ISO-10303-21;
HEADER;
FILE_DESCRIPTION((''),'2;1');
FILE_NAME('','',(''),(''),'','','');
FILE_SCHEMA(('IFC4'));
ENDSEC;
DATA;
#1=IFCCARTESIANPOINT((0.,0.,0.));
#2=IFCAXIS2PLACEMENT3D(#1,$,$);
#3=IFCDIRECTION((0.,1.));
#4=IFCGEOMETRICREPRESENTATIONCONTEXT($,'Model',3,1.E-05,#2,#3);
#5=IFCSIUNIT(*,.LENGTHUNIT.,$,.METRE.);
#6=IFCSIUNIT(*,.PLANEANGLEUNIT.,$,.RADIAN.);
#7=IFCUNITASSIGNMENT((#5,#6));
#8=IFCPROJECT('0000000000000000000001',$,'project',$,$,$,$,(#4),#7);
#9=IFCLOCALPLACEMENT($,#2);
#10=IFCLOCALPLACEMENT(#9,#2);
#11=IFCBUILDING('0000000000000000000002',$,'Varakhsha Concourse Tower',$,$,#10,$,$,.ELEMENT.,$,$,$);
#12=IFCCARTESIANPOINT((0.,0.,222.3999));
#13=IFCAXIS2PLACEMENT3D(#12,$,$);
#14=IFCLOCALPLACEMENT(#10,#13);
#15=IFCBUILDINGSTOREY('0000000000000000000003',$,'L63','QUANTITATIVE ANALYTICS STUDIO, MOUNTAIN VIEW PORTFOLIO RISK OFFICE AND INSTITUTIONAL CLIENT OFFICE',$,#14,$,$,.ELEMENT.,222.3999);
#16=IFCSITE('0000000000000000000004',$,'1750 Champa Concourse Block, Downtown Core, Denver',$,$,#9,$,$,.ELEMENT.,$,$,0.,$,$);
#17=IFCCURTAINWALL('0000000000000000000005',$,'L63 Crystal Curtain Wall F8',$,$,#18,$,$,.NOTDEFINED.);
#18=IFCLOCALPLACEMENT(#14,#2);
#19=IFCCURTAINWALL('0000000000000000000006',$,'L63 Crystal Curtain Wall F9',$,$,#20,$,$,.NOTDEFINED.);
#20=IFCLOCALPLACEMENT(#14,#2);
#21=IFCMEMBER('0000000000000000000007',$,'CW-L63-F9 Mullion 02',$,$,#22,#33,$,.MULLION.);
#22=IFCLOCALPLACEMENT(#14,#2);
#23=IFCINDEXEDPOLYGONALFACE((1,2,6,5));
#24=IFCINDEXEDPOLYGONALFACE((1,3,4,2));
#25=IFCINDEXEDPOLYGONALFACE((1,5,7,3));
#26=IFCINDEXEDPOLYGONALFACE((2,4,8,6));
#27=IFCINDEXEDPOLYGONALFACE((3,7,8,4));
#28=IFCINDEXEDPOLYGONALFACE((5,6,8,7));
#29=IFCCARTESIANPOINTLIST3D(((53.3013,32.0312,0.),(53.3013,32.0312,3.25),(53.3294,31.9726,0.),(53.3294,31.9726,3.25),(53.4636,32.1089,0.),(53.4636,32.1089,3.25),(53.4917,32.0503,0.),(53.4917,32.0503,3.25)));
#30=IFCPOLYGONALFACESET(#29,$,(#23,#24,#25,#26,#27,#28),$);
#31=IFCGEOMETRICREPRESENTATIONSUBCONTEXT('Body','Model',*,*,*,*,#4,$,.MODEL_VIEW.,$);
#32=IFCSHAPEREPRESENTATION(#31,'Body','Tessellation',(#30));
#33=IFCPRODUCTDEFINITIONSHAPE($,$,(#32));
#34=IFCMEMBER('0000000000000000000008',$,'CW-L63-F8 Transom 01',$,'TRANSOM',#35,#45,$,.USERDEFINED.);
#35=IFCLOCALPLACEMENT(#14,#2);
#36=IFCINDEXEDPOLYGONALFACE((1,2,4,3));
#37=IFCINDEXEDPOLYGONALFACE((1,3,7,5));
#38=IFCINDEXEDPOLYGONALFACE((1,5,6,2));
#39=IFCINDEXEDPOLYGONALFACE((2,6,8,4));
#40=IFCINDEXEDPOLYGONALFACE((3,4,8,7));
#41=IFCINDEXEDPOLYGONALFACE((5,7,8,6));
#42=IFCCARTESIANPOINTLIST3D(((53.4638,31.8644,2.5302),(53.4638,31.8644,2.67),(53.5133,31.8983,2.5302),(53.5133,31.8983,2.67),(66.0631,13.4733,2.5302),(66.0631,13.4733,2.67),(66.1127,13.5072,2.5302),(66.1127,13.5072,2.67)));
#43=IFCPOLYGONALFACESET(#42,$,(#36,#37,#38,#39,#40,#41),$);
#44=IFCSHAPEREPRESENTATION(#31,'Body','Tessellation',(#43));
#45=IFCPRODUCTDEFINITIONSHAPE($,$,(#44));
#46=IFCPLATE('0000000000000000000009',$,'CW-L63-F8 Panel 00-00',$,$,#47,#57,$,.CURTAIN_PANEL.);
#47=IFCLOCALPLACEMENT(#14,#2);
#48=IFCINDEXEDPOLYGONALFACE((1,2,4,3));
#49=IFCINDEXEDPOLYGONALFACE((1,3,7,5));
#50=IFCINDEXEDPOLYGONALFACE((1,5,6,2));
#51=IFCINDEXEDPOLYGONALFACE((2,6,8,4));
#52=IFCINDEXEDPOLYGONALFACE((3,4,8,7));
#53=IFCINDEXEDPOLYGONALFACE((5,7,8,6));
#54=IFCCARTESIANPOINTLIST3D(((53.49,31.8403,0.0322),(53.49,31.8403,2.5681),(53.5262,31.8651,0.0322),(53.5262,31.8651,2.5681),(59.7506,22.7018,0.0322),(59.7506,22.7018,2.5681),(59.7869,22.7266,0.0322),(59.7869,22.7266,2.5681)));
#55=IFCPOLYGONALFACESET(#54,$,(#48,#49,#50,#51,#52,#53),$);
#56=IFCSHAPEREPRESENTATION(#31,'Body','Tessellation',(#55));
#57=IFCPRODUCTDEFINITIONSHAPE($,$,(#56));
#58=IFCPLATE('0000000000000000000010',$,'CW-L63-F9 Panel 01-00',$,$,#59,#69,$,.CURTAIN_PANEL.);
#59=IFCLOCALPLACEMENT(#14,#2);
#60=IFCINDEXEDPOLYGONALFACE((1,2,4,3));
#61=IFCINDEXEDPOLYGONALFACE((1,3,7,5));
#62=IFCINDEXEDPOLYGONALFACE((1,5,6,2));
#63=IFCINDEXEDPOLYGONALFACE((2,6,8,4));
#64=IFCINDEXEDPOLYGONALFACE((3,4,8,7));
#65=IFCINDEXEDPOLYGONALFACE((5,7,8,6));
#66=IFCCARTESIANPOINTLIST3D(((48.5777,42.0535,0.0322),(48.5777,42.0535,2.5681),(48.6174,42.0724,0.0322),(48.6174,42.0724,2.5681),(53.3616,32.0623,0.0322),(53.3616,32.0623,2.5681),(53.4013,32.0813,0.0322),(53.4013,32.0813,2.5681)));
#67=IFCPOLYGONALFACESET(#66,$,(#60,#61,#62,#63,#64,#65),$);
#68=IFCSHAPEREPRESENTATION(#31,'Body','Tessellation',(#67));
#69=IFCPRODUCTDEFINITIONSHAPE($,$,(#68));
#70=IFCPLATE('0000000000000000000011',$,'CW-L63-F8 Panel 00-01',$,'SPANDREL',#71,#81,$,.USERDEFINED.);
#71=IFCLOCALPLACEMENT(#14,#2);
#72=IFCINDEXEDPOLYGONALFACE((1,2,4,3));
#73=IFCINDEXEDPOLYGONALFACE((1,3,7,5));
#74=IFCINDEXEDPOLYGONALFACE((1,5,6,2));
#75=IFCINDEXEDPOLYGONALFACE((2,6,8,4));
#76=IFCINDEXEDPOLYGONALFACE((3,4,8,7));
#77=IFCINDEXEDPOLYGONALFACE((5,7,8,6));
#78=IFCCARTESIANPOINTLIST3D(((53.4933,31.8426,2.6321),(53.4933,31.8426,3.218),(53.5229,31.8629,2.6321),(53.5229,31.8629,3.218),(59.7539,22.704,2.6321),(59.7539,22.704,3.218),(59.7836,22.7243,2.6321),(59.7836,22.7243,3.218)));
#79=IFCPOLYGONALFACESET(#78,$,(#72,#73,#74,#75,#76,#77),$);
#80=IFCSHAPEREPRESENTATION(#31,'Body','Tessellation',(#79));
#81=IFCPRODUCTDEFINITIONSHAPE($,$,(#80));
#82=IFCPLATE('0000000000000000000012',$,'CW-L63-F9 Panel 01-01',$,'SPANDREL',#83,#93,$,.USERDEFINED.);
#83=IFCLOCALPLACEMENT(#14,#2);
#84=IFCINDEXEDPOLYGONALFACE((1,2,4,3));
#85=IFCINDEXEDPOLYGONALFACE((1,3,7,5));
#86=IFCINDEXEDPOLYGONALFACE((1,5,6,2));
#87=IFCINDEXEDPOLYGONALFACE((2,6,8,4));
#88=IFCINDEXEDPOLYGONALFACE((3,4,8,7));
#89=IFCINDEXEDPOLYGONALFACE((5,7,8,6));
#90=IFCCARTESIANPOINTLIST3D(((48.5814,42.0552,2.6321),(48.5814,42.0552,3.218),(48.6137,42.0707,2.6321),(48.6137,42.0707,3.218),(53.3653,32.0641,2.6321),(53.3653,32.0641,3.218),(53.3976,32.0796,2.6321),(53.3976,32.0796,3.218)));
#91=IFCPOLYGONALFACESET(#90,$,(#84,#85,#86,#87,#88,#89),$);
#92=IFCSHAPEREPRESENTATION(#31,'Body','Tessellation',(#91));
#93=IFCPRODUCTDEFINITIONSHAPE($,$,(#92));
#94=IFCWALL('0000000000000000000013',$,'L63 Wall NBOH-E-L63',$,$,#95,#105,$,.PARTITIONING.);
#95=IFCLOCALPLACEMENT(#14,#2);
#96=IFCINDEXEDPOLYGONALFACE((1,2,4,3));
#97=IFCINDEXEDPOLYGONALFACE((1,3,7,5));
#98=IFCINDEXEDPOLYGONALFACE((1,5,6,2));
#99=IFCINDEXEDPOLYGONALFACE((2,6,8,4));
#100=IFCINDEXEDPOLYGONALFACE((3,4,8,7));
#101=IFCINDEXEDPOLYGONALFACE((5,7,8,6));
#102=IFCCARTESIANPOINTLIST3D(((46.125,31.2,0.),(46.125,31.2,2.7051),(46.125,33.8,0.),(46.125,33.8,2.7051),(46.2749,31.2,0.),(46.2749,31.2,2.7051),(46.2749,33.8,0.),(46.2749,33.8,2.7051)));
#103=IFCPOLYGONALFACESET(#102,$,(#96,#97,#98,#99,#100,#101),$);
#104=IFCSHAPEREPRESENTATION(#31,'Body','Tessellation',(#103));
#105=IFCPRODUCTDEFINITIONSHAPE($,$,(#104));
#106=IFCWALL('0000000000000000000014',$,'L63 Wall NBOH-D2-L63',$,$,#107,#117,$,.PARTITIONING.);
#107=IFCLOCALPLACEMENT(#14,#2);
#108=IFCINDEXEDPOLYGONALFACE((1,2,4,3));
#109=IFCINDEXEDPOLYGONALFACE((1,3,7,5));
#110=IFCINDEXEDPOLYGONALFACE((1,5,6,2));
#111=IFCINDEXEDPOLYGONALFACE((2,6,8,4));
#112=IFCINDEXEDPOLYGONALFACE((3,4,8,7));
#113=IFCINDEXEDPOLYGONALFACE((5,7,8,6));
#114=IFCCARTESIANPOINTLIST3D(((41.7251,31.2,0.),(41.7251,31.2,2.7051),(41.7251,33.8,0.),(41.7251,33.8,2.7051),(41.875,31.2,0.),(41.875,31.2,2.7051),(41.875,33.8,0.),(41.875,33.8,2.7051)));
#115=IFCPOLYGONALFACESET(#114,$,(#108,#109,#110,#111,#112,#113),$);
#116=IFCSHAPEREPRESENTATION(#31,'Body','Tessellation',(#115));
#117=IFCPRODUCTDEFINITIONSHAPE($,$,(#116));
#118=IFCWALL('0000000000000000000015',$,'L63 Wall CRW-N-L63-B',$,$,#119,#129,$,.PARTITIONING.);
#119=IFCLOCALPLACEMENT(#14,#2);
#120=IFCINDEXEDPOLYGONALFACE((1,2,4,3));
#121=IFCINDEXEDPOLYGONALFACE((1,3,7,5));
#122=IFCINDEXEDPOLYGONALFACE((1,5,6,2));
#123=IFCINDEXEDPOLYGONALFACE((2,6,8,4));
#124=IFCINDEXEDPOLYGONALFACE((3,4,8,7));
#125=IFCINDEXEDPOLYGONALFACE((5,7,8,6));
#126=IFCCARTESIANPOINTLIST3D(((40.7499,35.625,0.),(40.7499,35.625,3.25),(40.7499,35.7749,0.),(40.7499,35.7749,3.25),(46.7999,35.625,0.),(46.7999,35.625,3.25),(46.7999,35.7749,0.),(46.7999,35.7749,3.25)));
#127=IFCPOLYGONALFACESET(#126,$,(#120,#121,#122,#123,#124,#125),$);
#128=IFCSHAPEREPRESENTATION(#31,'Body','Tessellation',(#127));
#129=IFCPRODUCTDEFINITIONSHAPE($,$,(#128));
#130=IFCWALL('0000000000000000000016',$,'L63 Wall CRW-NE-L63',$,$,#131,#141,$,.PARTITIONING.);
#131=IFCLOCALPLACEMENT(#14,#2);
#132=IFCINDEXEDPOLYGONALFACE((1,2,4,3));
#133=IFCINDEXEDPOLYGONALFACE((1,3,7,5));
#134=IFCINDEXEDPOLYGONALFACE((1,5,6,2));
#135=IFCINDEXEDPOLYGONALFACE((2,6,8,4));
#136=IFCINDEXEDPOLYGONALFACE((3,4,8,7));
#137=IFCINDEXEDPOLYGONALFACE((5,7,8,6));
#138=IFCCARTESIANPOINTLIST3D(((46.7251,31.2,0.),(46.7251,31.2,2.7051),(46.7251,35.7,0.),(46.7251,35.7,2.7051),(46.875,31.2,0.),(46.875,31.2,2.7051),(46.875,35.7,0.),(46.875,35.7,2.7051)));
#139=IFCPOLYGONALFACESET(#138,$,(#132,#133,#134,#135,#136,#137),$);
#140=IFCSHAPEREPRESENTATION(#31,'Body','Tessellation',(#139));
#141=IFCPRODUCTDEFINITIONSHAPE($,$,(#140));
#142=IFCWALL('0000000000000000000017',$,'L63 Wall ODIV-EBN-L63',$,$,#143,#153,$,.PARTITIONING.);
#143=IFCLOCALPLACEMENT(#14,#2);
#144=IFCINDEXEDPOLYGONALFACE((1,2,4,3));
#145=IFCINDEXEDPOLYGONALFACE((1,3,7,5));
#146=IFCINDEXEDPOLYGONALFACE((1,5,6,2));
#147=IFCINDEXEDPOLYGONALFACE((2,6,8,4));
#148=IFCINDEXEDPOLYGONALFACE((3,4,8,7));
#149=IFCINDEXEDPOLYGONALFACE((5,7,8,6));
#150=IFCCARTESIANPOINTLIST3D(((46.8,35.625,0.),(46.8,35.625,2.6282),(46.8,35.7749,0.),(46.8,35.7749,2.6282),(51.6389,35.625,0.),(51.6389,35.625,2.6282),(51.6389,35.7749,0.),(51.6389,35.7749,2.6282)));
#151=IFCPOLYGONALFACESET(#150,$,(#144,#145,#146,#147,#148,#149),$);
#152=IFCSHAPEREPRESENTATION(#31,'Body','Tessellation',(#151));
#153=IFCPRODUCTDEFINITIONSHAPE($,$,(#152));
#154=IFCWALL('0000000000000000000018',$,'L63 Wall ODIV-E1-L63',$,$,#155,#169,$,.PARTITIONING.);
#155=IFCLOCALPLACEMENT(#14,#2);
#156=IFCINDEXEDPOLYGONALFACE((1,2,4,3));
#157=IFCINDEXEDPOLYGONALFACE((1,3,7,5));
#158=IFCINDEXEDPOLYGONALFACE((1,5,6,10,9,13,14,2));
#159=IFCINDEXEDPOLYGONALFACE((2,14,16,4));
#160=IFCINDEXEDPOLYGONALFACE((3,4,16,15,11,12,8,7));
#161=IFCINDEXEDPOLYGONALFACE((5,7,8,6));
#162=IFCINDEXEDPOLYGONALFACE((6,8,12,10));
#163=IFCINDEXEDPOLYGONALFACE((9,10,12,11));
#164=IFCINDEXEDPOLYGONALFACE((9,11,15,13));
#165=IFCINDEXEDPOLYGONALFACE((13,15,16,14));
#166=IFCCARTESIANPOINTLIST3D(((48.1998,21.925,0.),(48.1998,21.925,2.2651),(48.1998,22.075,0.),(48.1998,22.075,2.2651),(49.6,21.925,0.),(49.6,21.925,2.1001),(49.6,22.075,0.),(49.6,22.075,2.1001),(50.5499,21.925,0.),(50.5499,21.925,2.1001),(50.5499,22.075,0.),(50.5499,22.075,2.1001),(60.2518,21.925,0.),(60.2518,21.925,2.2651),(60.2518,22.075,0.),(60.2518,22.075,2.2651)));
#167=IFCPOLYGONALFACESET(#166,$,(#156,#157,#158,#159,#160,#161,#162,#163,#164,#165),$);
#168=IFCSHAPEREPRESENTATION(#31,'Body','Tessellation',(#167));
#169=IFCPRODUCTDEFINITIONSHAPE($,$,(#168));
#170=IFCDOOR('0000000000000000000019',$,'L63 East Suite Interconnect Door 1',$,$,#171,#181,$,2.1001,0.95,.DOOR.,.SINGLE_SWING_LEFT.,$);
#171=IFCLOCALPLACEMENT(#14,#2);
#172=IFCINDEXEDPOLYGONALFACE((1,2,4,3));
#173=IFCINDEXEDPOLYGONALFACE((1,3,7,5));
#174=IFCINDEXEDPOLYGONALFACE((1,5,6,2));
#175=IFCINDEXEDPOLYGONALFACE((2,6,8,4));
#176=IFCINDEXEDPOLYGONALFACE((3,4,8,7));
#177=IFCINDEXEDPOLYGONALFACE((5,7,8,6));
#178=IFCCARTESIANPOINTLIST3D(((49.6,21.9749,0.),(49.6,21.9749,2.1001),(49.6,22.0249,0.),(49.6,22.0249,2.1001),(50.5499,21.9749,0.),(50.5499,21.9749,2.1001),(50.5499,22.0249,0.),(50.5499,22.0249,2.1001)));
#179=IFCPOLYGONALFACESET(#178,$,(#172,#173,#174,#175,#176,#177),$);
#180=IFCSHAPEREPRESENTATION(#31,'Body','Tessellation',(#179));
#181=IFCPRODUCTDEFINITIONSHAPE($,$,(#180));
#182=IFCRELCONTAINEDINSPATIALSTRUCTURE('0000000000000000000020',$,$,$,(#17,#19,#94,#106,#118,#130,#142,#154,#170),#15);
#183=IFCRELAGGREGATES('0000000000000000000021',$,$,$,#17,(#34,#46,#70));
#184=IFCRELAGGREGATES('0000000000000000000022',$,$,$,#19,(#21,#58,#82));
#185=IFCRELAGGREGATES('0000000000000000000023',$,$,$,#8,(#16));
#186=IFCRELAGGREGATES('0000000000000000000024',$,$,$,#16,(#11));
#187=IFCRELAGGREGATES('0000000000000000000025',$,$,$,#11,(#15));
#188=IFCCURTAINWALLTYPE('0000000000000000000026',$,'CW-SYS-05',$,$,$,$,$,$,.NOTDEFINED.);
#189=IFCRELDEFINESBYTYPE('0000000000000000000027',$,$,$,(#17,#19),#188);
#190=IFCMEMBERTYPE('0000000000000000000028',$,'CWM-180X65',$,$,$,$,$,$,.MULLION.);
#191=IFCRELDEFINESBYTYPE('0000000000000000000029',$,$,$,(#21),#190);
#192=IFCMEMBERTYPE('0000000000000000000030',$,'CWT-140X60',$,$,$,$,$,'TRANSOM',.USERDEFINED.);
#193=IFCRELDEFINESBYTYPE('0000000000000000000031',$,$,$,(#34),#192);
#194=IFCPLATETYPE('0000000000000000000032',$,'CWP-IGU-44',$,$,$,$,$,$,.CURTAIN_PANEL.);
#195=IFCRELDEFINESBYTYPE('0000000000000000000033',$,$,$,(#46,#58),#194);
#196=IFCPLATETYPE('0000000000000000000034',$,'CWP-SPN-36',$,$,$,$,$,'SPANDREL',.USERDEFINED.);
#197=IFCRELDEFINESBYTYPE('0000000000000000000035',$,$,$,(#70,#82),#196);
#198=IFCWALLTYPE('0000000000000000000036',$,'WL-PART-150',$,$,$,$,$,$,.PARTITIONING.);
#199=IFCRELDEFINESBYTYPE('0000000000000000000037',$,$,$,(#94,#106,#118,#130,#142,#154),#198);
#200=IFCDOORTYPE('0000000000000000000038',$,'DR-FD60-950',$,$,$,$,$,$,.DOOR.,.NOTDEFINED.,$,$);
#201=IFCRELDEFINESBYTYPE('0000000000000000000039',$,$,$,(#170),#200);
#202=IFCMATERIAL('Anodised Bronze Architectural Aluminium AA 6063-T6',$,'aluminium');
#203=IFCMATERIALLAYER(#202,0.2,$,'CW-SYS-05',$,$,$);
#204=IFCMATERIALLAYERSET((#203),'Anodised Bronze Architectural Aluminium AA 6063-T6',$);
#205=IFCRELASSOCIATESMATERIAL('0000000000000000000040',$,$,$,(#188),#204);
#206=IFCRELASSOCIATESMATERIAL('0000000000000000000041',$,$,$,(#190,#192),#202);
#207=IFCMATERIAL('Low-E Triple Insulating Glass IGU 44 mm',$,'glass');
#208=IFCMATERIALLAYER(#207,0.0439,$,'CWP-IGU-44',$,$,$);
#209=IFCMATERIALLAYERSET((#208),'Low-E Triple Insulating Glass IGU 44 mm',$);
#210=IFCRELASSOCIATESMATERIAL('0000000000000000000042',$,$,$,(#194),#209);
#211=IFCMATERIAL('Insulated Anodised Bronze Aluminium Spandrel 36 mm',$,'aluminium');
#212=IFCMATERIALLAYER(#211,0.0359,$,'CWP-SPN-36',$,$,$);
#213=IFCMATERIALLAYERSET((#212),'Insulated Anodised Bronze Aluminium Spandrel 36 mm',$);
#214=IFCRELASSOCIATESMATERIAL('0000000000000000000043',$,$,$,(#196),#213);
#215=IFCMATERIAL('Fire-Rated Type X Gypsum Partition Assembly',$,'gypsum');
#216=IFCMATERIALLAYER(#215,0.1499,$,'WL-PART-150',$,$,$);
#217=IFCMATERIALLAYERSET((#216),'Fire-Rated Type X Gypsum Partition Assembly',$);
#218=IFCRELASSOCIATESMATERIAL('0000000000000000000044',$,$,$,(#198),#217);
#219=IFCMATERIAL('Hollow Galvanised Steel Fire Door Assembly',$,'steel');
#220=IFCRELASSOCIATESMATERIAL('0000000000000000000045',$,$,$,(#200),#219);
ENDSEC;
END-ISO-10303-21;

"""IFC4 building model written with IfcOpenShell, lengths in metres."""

from ifc_helpers import new_model, si_unit, direction, frame, frame_2d, origin, origin_2d, place, context, subcontext, project, spatial, rectangle, extrude, source, transform, mapped, material, layer, layer_set, material_profile, profile_set, type_object, type_shapes, element, fill, aggregate, save


model = new_model("IFC4")

# Units and contexts
model_context = context("Model", 3, precision=1e-05, world=origin(), true_north=direction((0.0, 1.0)))
body_context = subcontext(model_context, "Body", "Model", "MODEL_VIEW")
ifc_project = project(units=[si_unit("LENGTHUNIT", "METRE"), si_unit("PLANEANGLEUNIT", "RADIAN")], contexts=[model_context])

# Site, building, storey
site_placement = place(None, origin())
site = spatial("IfcSite", under=ifc_project, at=site_placement, Name="1750 Champa Concourse Block, Downtown Core, Denver", CompositionType="ELEMENT", RefElevation=0.0)
building_placement = place(site_placement, origin())
building = spatial("IfcBuilding", under=site, at=building_placement, Name="Varakhsha Concourse Tower", CompositionType="ELEMENT")
storey_placement = place(building_placement, frame((0.0, 0.0, 222.3999)))
storey = spatial("IfcBuildingStorey", under=building, at=storey_placement, Name="L63", Description="QUANTITATIVE ANALYTICS STUDIO, MOUNTAIN VIEW PORTFOLIO RISK OFFICE AND INSTITUTIONAL CLIENT OFFICE", CompositionType="ELEMENT", Elevation=222.3999)

# Curtain wall
ifc_material_1 = material(Name="Anodised Bronze Architectural Aluminium AA 6063-T6", Category="aluminium")
ifc_layer_1 = layer(ifc_material_1, 0.2, Name="CW-SYS-05")
ifc_layer_set_1 = layer_set([ifc_layer_1], Name="Anodised Bronze Architectural Aluminium AA 6063-T6")
curtain_wall_type = type_object("IfcCurtainWallType", Name="CW-SYS-05", PredefinedType="NOTDEFINED", material=ifc_layer_set_1)
curtain_wall_1_placement = place(storey_placement, origin())
curtain_wall_1 = element("IfcCurtainWall", 1, at=curtain_wall_1_placement, inside=storey, type_object=curtain_wall_type, Name="L63 Crystal Curtain Wall F8", PredefinedType="NOTDEFINED")
ifc_material_profile_1 = material_profile(ifc_material_1, rectangle(XDim=0.0649, YDim=0.1799, at=origin_2d()), Name="CWM-180X65")
ifc_profile_set_1 = profile_set([ifc_material_profile_1], Name="Anodised Bronze Architectural Aluminium AA 6063-T6")
member_type_1 = type_object("IfcMemberType", Name="CWM-180X65", PredefinedType="MULLION", material=ifc_profile_set_1)
shared_shape_1 = source(origin(), body_context, "Body", "SweptSolid", [
    extrude(rectangle(XDim=0.0649, YDim=0.1799, at=origin_2d()), origin(), (0.0, 0.0, 1.0), 3.25),
])
type_shapes(member_type_1, [shared_shape_1])

# Curtain wall, member
curtain_wall_2_placement = place(storey_placement, origin())
curtain_wall_2 = element("IfcCurtainWall", 2, at=curtain_wall_2_placement, inside=storey, type_object=curtain_wall_type, Name="L63 Crystal Curtain Wall F9", PredefinedType="NOTDEFINED")
member_1_placement = place(storey_placement, frame((53.3965, 32.0408, 0.0), z_axis=(0.0, 0.0, 1.0), x_axis=(0.431862, -0.90194, 0.0)))
member_1 = element("IfcMember", 3, at=member_1_placement, type_object=member_type_1, Name="CW-L63-F9 Mullion 02", PredefinedType="MULLION", context=body_context, shape_type="MappedRepresentation", body=[
    mapped(shared_shape_1, transform((0.0, 0.0, 0.0), scale=1.0)),
])

# Member
ifc_material_profile_2 = material_profile(ifc_material_1, rectangle(XDim=0.0601, YDim=0.1399, at=origin_2d()), Name="CWT-140X60")
ifc_profile_set_2 = profile_set([ifc_material_profile_2], Name="Anodised Bronze Architectural Aluminium AA 6063-T6")
member_type_2 = type_object("IfcMemberType", Name="CWT-140X60", ElementType="TRANSOM", PredefinedType="USERDEFINED", material=ifc_profile_set_2)
shared_shape_2 = source(origin(), body_context, "Body", "SweptSolid", [
    extrude(rectangle(XDim=0.0601, YDim=0.1399, at=origin_2d()), origin(), (0.0, 0.0, 1.0), 22.293),
])
type_shapes(member_type_2, [shared_shape_2])
member_2_placement = place(storey_placement, frame((53.4885, 31.8813, 2.6001), z_axis=(0.565172, -0.824973, 0.0), x_axis=(0.824973, 0.565172, 0.0)))
member_2 = element("IfcMember", 4, at=member_2_placement, type_object=member_type_2, Name="CW-L63-F8 Transom 01", ObjectType="TRANSOM", PredefinedType="USERDEFINED", context=body_context, shape_type="MappedRepresentation", body=[
    mapped(shared_shape_2, transform((0.0, 0.0, 0.0), scale=1.0)),
])

# Plates
ifc_material_2 = material(Name="Low-E Triple Insulating Glass IGU 44 mm", Category="glass")
ifc_layer_2 = layer(ifc_material_2, 0.0439, Name="CWP-IGU-44")
ifc_layer_set_2 = layer_set([ifc_layer_2], Name="Low-E Triple Insulating Glass IGU 44 mm")
plate_type_1 = type_object("IfcPlateType", Name="CWP-IGU-44", PredefinedType="CURTAIN_PANEL", material=ifc_layer_set_2)
shared_shape_3 = source(origin(), body_context, "Body", "SweptSolid", [
    extrude(rectangle(XDim=11.0774, YDim=0.0439, at=origin_2d()), origin(), (0.0, 0.0, 1.0), 2.5359),
])
type_shapes(plate_type_1, [shared_shape_3])
plate_1_placement = place(storey_placement, frame((56.6384, 27.2834, 0.0322), z_axis=(0.0, 0.0, 1.0), x_axis=(0.565173, -0.824972, 0.0)))
plate_1 = element("IfcPlate", 5, at=plate_1_placement, type_object=plate_type_1, Name="CW-L63-F8 Panel 00-00", PredefinedType="CURTAIN_PANEL", context=body_context, shape_type="MappedRepresentation", body=[
    mapped(shared_shape_3, transform((0.0, 0.0, 0.0), scale=1.0)),
])
plate_2_placement = place(storey_placement, frame((50.9895, 37.0674, 0.0322), z_axis=(0.0, 0.0, 1.0), x_axis=(0.431862, -0.90194, 0.0)))
plate_2 = element("IfcPlate", 6, at=plate_2_placement, type_object=plate_type_1, Name="CW-L63-F9 Panel 01-00", PredefinedType="CURTAIN_PANEL", context=body_context, shape_type="MappedRepresentation", body=[
    mapped(shared_shape_3, transform((0.0, 0.0, 0.0), scale=1.0)),
])
ifc_material_3 = material(Name="Insulated Anodised Bronze Aluminium Spandrel 36 mm", Category="aluminium")
ifc_layer_3 = layer(ifc_material_3, 0.0359, Name="CWP-SPN-36")
ifc_layer_set_3 = layer_set([ifc_layer_3], Name="Insulated Anodised Bronze Aluminium Spandrel 36 mm")
plate_type_2 = type_object("IfcPlateType", Name="CWP-SPN-36", ElementType="SPANDREL", PredefinedType="USERDEFINED", material=ifc_layer_set_3)
shared_shape_4 = source(origin(), body_context, "Body", "SweptSolid", [
    extrude(rectangle(XDim=11.0774, YDim=0.0359, at=origin_2d()), origin(), (0.0, 0.0, 1.0), 0.5859),
])
type_shapes(plate_type_2, [shared_shape_4])
plate_3_placement = place(storey_placement, frame((56.6384, 27.2834, 2.6321), z_axis=(0.0, 0.0, 1.0), x_axis=(0.565173, -0.824972, 0.0)))
plate_3 = element("IfcPlate", 7, at=plate_3_placement, type_object=plate_type_2, Name="CW-L63-F8 Panel 00-01", ObjectType="SPANDREL", PredefinedType="USERDEFINED", context=body_context, shape_type="MappedRepresentation", body=[
    mapped(shared_shape_4, transform((0.0, 0.0, 0.0), scale=1.0)),
])
aggregate(curtain_wall_1, [member_2, plate_1, plate_3])
plate_4_placement = place(storey_placement, frame((50.9895, 37.0674, 2.6321), z_axis=(0.0, 0.0, 1.0), x_axis=(0.431862, -0.90194, 0.0)))
plate_4 = element("IfcPlate", 8, at=plate_4_placement, type_object=plate_type_2, Name="CW-L63-F9 Panel 01-01", ObjectType="SPANDREL", PredefinedType="USERDEFINED", context=body_context, shape_type="MappedRepresentation", body=[
    mapped(shared_shape_4, transform((0.0, 0.0, 0.0), scale=1.0)),
])
aggregate(curtain_wall_2, [member_1, plate_2, plate_4])

# Walls
ifc_material_4 = material(Name="Fire-Rated Type X Gypsum Partition Assembly", Category="gypsum")
ifc_layer_4 = layer(ifc_material_4, 0.1499, Name="WL-PART-150")
ifc_layer_set_4 = layer_set([ifc_layer_4], Name="Fire-Rated Type X Gypsum Partition Assembly")
wall_type_1 = type_object("IfcWallType", Name="WL-PART-150", PredefinedType="PARTITIONING", material=ifc_layer_set_4)
for number, where, z_axis, x_axis, name in (
    (9, (46.2, 31.2, 0.0), (0.0, 0.0, 1.0), (0.0, 1.0, 0.0), "L63 Wall NBOH-E-L63"),
    (10, (41.8, 31.2, 0.0), (0.0, 0.0, 1.0), (0.0, 1.0, 0.0), "L63 Wall NBOH-D2-L63"),
):
    element("IfcWall", number, at=place(storey_placement, frame(where, z_axis=z_axis, x_axis=x_axis)), inside=storey, type_object=wall_type_1, Name=name, PredefinedType="PARTITIONING", context=body_context, shape_type="SweptSolid", body=[
        extrude(rectangle(XDim=2.6001, YDim=0.1499, at=frame_2d((1.3, 0.0))), origin(), (0.0, 0.0, 1.0), 2.7051),
    ])
wall_1_placement = place(storey_placement, frame((40.75, 35.7, 0.0), z_axis=(0.0, 0.0, 1.0), x_axis=(1.0, 0.0, 0.0)))
element("IfcWall", 11, at=wall_1_placement, inside=storey, type_object=wall_type_1, Name="L63 Wall CRW-N-L63-B", PredefinedType="PARTITIONING", context=body_context, shape_type="SweptSolid", body=[
    extrude(rectangle(XDim=6.05, YDim=0.1499, at=frame_2d((3.0249, 0.0))), origin(), (0.0, 0.0, 1.0), 3.25),
])
wall_2_placement = place(storey_placement, frame((46.8, 31.2, 0.0), z_axis=(0.0, 0.0, 1.0), x_axis=(0.0, 1.0, 0.0)))
element("IfcWall", 12, at=wall_2_placement, inside=storey, type_object=wall_type_1, Name="L63 Wall CRW-NE-L63", PredefinedType="PARTITIONING", context=body_context, shape_type="SweptSolid", body=[
    extrude(rectangle(XDim=4.5, YDim=0.1499, at=frame_2d((2.25, 0.0))), origin(), (0.0, 0.0, 1.0), 2.7051),
])
wall_3_placement = place(storey_placement, frame((46.8, 35.7, 0.0), z_axis=(0.0, 0.0, 1.0), x_axis=(1.0, 0.0, 0.0)))
element("IfcWall", 13, at=wall_3_placement, inside=storey, type_object=wall_type_1, Name="L63 Wall ODIV-EBN-L63", PredefinedType="PARTITIONING", context=body_context, shape_type="SweptSolid", body=[
    extrude(rectangle(XDim=4.8389, YDim=0.1499, at=frame_2d((2.4194, 0.0))), origin(), (0.0, 0.0, 1.0), 2.6282),
])

# Wall, opening, door
wall_4_placement = place(storey_placement, frame((48.2, 22.0, 0.0), z_axis=(0.0, 0.0, 1.0), x_axis=(1.0, 0.0, 0.0)))
wall_4 = element("IfcWall", 14, at=wall_4_placement, inside=storey, type_object=wall_type_1, Name="L63 Wall ODIV-E1-L63", PredefinedType="PARTITIONING", context=body_context, shape_type="SweptSolid", body=[
    extrude(rectangle(XDim=12.052, YDim=0.1499, at=frame_2d((6.0259, 0.0))), origin(), (0.0, 0.0, 1.0), 2.2651),
])
opening_placement = place(wall_4_placement, frame((1.3999, 0.0, 0.0)))
opening = element("IfcOpeningElement", 15, at=opening_placement, cuts=wall_4, PredefinedType="OPENING", context=body_context, shape_type="SweptSolid", body=[
    extrude(rectangle(XDim=0.95, YDim=2.1001, at=frame_2d((0.4751, 1.05))), frame((0.0, 0.085, 0.0), z_axis=(0.0, -1.0, 0.0), x_axis=(1.0, 0.0, 0.0)), (0.0, 0.0, 1.0), 0.1699),
])
ifc_material_5 = material(Name="Hollow Galvanised Steel Fire Door Assembly", Category="steel")
door_type = type_object("IfcDoorType", Name="DR-FD60-950", OperationType="NOTDEFINED", PredefinedType="DOOR", material=ifc_material_5)
door_placement = place(opening_placement, origin())
door = element("IfcDoor", 16, at=door_placement, inside=storey, type_object=door_type, Name="L63 East Suite Interconnect Door 1", OperationType="SINGLE_SWING_LEFT", OverallHeight=2.1001, OverallWidth=0.95, PredefinedType="DOOR", context=body_context, shape_type="SweptSolid", body=[
    extrude(rectangle(XDim=0.95, YDim=2.1001, at=frame_2d((0.4751, 1.05))), frame((0.0, 0.0249, 0.0), z_axis=(0.0, -1.0, 0.0), x_axis=(1.0, 0.0, 0.0)), (0.0, 0.0, 1.0), 0.05),
])
fill(opening, door)

save(model, "model.ifc")
